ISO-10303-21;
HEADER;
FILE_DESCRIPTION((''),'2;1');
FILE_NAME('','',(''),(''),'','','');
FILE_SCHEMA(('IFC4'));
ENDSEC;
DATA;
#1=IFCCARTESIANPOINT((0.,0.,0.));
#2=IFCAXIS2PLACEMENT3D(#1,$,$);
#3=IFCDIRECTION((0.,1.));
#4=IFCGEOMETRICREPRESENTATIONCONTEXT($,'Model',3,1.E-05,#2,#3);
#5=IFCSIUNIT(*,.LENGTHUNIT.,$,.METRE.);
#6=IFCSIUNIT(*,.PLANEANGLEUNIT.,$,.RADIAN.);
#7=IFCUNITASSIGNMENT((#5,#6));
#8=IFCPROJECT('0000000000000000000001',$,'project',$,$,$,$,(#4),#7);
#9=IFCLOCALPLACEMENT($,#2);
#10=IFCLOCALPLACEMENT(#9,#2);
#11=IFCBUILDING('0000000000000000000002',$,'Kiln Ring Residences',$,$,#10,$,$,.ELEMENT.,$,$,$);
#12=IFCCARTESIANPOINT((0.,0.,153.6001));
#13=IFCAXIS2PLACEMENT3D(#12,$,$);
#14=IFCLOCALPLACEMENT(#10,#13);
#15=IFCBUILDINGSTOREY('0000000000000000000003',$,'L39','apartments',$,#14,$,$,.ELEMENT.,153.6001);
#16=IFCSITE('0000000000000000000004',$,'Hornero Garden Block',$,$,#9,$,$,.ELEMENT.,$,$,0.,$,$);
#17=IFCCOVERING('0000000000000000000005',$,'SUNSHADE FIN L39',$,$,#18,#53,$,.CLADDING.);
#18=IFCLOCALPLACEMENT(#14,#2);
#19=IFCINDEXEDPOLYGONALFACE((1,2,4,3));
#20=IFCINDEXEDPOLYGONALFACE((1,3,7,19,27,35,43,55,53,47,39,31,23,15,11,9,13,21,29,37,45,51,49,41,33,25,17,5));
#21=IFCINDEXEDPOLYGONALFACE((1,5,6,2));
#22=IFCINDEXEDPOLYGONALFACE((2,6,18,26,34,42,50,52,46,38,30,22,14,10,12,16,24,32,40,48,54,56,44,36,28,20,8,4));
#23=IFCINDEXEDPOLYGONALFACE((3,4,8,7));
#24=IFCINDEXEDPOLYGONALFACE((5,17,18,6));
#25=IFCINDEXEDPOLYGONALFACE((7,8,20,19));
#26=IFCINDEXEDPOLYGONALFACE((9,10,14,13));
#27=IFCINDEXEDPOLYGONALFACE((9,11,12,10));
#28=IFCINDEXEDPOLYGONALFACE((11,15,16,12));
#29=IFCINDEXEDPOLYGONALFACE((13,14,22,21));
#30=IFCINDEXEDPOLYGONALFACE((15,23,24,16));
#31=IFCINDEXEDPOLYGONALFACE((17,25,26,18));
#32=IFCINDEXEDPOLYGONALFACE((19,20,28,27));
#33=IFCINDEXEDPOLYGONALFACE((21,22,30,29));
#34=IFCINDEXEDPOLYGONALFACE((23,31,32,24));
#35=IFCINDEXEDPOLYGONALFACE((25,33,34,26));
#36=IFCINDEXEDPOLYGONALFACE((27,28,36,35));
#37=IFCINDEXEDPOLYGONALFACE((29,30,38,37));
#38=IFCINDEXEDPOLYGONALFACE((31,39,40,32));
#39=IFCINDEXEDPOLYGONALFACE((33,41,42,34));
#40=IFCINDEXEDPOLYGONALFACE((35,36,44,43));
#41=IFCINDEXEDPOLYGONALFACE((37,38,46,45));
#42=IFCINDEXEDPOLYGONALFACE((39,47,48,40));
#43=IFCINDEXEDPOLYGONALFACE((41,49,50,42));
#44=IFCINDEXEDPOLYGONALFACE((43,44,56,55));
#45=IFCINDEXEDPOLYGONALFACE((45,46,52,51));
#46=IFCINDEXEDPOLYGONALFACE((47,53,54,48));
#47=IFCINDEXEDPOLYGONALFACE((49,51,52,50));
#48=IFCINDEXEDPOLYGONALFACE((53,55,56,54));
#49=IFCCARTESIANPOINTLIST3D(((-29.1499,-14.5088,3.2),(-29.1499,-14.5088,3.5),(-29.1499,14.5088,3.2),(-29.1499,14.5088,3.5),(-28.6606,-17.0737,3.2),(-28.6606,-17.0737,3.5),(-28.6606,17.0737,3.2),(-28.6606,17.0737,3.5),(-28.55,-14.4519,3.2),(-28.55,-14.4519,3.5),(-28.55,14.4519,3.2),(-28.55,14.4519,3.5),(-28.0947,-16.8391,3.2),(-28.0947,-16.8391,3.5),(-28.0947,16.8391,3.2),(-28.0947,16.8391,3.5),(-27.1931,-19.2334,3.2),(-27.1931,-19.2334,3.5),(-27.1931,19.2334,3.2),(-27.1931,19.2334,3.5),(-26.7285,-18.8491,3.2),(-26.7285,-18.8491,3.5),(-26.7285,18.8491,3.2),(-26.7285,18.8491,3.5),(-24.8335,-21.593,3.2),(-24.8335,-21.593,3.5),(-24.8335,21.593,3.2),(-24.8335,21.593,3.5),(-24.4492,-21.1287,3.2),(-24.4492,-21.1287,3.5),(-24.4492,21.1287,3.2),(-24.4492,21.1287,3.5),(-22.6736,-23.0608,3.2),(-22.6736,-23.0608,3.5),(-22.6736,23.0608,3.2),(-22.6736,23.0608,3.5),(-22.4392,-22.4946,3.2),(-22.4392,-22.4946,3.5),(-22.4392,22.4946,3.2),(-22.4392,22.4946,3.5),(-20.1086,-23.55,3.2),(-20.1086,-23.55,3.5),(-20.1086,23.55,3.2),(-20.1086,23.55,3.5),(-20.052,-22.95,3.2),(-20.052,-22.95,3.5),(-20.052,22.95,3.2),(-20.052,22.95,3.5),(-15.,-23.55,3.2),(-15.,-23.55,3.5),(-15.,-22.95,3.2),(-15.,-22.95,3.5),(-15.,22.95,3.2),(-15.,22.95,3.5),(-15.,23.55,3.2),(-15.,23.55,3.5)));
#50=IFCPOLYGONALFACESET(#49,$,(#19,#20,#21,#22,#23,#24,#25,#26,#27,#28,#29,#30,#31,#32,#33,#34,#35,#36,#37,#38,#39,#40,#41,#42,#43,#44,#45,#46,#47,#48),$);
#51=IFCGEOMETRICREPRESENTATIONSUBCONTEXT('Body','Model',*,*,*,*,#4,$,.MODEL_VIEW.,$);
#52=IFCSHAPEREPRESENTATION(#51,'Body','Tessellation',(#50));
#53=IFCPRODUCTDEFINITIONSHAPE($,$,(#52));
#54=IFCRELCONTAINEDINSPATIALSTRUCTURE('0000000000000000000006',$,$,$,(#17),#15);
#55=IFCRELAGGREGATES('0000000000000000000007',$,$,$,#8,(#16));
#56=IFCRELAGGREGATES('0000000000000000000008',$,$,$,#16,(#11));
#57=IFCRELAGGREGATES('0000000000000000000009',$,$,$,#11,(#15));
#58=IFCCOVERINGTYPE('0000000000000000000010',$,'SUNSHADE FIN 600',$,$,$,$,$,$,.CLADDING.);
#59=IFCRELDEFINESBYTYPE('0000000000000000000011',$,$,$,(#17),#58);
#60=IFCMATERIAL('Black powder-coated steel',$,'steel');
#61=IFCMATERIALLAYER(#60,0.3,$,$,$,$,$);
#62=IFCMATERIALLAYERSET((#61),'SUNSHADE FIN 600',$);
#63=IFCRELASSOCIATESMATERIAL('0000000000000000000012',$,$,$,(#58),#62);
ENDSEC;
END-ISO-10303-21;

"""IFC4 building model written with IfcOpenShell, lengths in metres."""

from ifc_helpers import new_model, si_unit, direction, frame, origin, place, context, subcontext, project, spatial, polyline, outline, extrude, material, layer, layer_set, type_object, element, save


model = new_model("IFC4")

# Units and contexts
model_context = context("Model", 3, precision=1e-05, world=origin(), true_north=direction((0.0, 1.0)))
body_context = subcontext(model_context, "Body", "Model", "MODEL_VIEW")
ifc_project = project(units=[si_unit("LENGTHUNIT", "METRE"), si_unit("PLANEANGLEUNIT", "RADIAN")], contexts=[model_context])

# Site, building, storey
site_placement = place(None, origin())
site = spatial("IfcSite", under=ifc_project, at=site_placement, Name="Hornero Garden Block", CompositionType="ELEMENT", RefElevation=0.0)
building_placement = place(site_placement, origin())
building = spatial("IfcBuilding", under=site, at=building_placement, Name="Kiln Ring Residences", CompositionType="ELEMENT")
storey_placement = place(building_placement, frame((0.0, 0.0, 153.6001)))
storey = spatial("IfcBuildingStorey", under=building, at=storey_placement, Name="L39", Description="apartments", CompositionType="ELEMENT", Elevation=153.6001)

# Covering
ifc_material_1 = material(Name="Black powder-coated steel", Category="steel")
ifc_layer_1 = layer(ifc_material_1, 0.3)
ifc_layer_set_1 = layer_set([ifc_layer_1], Name="SUNSHADE FIN 600")
covering_type = type_object("IfcCoveringType", Name="SUNSHADE FIN 600", PredefinedType="CLADDING", material=ifc_layer_set_1)
covering_placement = place(storey_placement, frame((0.0, 0.0, 3.2)))
element("IfcCovering", 1, at=covering_placement, inside=storey, type_object=covering_type, Name="SUNSHADE FIN L39", PredefinedType="CLADDING", context=body_context, shape_type="SweptSolid", body=[
    extrude(outline(polyline([(-29.1499, -14.5088), (-28.6606, -17.0737), (-27.1931, -19.2334), (-24.8335, -21.593), (-22.6736, -23.0608), (-20.1086, -23.55), (-15.0, -23.55), (-15.0, -22.95), (-20.052, -22.95), (-22.4392, -22.4946), (-24.4492, -21.1287), (-26.7285, -18.8491), (-28.0947, -16.8391), (-28.55, -14.4519), (-28.55, 14.4519), (-28.0947, 16.8391), (-26.7285, 18.8491), (-24.4492, 21.1287), (-22.4392, 22.4946), (-20.052, 22.95), (-15.0, 22.95), (-15.0, 23.55), (-20.1086, 23.55), (-22.6736, 23.0608), (-24.8335, 21.593), (-27.1931, 19.2334), (-28.6606, 17.0737), (-29.1499, 14.5088), (-29.1499, -14.5088)])), origin(), (0.0, 0.0, 1.0), 0.3),
])

save(model, "model.ifc")
